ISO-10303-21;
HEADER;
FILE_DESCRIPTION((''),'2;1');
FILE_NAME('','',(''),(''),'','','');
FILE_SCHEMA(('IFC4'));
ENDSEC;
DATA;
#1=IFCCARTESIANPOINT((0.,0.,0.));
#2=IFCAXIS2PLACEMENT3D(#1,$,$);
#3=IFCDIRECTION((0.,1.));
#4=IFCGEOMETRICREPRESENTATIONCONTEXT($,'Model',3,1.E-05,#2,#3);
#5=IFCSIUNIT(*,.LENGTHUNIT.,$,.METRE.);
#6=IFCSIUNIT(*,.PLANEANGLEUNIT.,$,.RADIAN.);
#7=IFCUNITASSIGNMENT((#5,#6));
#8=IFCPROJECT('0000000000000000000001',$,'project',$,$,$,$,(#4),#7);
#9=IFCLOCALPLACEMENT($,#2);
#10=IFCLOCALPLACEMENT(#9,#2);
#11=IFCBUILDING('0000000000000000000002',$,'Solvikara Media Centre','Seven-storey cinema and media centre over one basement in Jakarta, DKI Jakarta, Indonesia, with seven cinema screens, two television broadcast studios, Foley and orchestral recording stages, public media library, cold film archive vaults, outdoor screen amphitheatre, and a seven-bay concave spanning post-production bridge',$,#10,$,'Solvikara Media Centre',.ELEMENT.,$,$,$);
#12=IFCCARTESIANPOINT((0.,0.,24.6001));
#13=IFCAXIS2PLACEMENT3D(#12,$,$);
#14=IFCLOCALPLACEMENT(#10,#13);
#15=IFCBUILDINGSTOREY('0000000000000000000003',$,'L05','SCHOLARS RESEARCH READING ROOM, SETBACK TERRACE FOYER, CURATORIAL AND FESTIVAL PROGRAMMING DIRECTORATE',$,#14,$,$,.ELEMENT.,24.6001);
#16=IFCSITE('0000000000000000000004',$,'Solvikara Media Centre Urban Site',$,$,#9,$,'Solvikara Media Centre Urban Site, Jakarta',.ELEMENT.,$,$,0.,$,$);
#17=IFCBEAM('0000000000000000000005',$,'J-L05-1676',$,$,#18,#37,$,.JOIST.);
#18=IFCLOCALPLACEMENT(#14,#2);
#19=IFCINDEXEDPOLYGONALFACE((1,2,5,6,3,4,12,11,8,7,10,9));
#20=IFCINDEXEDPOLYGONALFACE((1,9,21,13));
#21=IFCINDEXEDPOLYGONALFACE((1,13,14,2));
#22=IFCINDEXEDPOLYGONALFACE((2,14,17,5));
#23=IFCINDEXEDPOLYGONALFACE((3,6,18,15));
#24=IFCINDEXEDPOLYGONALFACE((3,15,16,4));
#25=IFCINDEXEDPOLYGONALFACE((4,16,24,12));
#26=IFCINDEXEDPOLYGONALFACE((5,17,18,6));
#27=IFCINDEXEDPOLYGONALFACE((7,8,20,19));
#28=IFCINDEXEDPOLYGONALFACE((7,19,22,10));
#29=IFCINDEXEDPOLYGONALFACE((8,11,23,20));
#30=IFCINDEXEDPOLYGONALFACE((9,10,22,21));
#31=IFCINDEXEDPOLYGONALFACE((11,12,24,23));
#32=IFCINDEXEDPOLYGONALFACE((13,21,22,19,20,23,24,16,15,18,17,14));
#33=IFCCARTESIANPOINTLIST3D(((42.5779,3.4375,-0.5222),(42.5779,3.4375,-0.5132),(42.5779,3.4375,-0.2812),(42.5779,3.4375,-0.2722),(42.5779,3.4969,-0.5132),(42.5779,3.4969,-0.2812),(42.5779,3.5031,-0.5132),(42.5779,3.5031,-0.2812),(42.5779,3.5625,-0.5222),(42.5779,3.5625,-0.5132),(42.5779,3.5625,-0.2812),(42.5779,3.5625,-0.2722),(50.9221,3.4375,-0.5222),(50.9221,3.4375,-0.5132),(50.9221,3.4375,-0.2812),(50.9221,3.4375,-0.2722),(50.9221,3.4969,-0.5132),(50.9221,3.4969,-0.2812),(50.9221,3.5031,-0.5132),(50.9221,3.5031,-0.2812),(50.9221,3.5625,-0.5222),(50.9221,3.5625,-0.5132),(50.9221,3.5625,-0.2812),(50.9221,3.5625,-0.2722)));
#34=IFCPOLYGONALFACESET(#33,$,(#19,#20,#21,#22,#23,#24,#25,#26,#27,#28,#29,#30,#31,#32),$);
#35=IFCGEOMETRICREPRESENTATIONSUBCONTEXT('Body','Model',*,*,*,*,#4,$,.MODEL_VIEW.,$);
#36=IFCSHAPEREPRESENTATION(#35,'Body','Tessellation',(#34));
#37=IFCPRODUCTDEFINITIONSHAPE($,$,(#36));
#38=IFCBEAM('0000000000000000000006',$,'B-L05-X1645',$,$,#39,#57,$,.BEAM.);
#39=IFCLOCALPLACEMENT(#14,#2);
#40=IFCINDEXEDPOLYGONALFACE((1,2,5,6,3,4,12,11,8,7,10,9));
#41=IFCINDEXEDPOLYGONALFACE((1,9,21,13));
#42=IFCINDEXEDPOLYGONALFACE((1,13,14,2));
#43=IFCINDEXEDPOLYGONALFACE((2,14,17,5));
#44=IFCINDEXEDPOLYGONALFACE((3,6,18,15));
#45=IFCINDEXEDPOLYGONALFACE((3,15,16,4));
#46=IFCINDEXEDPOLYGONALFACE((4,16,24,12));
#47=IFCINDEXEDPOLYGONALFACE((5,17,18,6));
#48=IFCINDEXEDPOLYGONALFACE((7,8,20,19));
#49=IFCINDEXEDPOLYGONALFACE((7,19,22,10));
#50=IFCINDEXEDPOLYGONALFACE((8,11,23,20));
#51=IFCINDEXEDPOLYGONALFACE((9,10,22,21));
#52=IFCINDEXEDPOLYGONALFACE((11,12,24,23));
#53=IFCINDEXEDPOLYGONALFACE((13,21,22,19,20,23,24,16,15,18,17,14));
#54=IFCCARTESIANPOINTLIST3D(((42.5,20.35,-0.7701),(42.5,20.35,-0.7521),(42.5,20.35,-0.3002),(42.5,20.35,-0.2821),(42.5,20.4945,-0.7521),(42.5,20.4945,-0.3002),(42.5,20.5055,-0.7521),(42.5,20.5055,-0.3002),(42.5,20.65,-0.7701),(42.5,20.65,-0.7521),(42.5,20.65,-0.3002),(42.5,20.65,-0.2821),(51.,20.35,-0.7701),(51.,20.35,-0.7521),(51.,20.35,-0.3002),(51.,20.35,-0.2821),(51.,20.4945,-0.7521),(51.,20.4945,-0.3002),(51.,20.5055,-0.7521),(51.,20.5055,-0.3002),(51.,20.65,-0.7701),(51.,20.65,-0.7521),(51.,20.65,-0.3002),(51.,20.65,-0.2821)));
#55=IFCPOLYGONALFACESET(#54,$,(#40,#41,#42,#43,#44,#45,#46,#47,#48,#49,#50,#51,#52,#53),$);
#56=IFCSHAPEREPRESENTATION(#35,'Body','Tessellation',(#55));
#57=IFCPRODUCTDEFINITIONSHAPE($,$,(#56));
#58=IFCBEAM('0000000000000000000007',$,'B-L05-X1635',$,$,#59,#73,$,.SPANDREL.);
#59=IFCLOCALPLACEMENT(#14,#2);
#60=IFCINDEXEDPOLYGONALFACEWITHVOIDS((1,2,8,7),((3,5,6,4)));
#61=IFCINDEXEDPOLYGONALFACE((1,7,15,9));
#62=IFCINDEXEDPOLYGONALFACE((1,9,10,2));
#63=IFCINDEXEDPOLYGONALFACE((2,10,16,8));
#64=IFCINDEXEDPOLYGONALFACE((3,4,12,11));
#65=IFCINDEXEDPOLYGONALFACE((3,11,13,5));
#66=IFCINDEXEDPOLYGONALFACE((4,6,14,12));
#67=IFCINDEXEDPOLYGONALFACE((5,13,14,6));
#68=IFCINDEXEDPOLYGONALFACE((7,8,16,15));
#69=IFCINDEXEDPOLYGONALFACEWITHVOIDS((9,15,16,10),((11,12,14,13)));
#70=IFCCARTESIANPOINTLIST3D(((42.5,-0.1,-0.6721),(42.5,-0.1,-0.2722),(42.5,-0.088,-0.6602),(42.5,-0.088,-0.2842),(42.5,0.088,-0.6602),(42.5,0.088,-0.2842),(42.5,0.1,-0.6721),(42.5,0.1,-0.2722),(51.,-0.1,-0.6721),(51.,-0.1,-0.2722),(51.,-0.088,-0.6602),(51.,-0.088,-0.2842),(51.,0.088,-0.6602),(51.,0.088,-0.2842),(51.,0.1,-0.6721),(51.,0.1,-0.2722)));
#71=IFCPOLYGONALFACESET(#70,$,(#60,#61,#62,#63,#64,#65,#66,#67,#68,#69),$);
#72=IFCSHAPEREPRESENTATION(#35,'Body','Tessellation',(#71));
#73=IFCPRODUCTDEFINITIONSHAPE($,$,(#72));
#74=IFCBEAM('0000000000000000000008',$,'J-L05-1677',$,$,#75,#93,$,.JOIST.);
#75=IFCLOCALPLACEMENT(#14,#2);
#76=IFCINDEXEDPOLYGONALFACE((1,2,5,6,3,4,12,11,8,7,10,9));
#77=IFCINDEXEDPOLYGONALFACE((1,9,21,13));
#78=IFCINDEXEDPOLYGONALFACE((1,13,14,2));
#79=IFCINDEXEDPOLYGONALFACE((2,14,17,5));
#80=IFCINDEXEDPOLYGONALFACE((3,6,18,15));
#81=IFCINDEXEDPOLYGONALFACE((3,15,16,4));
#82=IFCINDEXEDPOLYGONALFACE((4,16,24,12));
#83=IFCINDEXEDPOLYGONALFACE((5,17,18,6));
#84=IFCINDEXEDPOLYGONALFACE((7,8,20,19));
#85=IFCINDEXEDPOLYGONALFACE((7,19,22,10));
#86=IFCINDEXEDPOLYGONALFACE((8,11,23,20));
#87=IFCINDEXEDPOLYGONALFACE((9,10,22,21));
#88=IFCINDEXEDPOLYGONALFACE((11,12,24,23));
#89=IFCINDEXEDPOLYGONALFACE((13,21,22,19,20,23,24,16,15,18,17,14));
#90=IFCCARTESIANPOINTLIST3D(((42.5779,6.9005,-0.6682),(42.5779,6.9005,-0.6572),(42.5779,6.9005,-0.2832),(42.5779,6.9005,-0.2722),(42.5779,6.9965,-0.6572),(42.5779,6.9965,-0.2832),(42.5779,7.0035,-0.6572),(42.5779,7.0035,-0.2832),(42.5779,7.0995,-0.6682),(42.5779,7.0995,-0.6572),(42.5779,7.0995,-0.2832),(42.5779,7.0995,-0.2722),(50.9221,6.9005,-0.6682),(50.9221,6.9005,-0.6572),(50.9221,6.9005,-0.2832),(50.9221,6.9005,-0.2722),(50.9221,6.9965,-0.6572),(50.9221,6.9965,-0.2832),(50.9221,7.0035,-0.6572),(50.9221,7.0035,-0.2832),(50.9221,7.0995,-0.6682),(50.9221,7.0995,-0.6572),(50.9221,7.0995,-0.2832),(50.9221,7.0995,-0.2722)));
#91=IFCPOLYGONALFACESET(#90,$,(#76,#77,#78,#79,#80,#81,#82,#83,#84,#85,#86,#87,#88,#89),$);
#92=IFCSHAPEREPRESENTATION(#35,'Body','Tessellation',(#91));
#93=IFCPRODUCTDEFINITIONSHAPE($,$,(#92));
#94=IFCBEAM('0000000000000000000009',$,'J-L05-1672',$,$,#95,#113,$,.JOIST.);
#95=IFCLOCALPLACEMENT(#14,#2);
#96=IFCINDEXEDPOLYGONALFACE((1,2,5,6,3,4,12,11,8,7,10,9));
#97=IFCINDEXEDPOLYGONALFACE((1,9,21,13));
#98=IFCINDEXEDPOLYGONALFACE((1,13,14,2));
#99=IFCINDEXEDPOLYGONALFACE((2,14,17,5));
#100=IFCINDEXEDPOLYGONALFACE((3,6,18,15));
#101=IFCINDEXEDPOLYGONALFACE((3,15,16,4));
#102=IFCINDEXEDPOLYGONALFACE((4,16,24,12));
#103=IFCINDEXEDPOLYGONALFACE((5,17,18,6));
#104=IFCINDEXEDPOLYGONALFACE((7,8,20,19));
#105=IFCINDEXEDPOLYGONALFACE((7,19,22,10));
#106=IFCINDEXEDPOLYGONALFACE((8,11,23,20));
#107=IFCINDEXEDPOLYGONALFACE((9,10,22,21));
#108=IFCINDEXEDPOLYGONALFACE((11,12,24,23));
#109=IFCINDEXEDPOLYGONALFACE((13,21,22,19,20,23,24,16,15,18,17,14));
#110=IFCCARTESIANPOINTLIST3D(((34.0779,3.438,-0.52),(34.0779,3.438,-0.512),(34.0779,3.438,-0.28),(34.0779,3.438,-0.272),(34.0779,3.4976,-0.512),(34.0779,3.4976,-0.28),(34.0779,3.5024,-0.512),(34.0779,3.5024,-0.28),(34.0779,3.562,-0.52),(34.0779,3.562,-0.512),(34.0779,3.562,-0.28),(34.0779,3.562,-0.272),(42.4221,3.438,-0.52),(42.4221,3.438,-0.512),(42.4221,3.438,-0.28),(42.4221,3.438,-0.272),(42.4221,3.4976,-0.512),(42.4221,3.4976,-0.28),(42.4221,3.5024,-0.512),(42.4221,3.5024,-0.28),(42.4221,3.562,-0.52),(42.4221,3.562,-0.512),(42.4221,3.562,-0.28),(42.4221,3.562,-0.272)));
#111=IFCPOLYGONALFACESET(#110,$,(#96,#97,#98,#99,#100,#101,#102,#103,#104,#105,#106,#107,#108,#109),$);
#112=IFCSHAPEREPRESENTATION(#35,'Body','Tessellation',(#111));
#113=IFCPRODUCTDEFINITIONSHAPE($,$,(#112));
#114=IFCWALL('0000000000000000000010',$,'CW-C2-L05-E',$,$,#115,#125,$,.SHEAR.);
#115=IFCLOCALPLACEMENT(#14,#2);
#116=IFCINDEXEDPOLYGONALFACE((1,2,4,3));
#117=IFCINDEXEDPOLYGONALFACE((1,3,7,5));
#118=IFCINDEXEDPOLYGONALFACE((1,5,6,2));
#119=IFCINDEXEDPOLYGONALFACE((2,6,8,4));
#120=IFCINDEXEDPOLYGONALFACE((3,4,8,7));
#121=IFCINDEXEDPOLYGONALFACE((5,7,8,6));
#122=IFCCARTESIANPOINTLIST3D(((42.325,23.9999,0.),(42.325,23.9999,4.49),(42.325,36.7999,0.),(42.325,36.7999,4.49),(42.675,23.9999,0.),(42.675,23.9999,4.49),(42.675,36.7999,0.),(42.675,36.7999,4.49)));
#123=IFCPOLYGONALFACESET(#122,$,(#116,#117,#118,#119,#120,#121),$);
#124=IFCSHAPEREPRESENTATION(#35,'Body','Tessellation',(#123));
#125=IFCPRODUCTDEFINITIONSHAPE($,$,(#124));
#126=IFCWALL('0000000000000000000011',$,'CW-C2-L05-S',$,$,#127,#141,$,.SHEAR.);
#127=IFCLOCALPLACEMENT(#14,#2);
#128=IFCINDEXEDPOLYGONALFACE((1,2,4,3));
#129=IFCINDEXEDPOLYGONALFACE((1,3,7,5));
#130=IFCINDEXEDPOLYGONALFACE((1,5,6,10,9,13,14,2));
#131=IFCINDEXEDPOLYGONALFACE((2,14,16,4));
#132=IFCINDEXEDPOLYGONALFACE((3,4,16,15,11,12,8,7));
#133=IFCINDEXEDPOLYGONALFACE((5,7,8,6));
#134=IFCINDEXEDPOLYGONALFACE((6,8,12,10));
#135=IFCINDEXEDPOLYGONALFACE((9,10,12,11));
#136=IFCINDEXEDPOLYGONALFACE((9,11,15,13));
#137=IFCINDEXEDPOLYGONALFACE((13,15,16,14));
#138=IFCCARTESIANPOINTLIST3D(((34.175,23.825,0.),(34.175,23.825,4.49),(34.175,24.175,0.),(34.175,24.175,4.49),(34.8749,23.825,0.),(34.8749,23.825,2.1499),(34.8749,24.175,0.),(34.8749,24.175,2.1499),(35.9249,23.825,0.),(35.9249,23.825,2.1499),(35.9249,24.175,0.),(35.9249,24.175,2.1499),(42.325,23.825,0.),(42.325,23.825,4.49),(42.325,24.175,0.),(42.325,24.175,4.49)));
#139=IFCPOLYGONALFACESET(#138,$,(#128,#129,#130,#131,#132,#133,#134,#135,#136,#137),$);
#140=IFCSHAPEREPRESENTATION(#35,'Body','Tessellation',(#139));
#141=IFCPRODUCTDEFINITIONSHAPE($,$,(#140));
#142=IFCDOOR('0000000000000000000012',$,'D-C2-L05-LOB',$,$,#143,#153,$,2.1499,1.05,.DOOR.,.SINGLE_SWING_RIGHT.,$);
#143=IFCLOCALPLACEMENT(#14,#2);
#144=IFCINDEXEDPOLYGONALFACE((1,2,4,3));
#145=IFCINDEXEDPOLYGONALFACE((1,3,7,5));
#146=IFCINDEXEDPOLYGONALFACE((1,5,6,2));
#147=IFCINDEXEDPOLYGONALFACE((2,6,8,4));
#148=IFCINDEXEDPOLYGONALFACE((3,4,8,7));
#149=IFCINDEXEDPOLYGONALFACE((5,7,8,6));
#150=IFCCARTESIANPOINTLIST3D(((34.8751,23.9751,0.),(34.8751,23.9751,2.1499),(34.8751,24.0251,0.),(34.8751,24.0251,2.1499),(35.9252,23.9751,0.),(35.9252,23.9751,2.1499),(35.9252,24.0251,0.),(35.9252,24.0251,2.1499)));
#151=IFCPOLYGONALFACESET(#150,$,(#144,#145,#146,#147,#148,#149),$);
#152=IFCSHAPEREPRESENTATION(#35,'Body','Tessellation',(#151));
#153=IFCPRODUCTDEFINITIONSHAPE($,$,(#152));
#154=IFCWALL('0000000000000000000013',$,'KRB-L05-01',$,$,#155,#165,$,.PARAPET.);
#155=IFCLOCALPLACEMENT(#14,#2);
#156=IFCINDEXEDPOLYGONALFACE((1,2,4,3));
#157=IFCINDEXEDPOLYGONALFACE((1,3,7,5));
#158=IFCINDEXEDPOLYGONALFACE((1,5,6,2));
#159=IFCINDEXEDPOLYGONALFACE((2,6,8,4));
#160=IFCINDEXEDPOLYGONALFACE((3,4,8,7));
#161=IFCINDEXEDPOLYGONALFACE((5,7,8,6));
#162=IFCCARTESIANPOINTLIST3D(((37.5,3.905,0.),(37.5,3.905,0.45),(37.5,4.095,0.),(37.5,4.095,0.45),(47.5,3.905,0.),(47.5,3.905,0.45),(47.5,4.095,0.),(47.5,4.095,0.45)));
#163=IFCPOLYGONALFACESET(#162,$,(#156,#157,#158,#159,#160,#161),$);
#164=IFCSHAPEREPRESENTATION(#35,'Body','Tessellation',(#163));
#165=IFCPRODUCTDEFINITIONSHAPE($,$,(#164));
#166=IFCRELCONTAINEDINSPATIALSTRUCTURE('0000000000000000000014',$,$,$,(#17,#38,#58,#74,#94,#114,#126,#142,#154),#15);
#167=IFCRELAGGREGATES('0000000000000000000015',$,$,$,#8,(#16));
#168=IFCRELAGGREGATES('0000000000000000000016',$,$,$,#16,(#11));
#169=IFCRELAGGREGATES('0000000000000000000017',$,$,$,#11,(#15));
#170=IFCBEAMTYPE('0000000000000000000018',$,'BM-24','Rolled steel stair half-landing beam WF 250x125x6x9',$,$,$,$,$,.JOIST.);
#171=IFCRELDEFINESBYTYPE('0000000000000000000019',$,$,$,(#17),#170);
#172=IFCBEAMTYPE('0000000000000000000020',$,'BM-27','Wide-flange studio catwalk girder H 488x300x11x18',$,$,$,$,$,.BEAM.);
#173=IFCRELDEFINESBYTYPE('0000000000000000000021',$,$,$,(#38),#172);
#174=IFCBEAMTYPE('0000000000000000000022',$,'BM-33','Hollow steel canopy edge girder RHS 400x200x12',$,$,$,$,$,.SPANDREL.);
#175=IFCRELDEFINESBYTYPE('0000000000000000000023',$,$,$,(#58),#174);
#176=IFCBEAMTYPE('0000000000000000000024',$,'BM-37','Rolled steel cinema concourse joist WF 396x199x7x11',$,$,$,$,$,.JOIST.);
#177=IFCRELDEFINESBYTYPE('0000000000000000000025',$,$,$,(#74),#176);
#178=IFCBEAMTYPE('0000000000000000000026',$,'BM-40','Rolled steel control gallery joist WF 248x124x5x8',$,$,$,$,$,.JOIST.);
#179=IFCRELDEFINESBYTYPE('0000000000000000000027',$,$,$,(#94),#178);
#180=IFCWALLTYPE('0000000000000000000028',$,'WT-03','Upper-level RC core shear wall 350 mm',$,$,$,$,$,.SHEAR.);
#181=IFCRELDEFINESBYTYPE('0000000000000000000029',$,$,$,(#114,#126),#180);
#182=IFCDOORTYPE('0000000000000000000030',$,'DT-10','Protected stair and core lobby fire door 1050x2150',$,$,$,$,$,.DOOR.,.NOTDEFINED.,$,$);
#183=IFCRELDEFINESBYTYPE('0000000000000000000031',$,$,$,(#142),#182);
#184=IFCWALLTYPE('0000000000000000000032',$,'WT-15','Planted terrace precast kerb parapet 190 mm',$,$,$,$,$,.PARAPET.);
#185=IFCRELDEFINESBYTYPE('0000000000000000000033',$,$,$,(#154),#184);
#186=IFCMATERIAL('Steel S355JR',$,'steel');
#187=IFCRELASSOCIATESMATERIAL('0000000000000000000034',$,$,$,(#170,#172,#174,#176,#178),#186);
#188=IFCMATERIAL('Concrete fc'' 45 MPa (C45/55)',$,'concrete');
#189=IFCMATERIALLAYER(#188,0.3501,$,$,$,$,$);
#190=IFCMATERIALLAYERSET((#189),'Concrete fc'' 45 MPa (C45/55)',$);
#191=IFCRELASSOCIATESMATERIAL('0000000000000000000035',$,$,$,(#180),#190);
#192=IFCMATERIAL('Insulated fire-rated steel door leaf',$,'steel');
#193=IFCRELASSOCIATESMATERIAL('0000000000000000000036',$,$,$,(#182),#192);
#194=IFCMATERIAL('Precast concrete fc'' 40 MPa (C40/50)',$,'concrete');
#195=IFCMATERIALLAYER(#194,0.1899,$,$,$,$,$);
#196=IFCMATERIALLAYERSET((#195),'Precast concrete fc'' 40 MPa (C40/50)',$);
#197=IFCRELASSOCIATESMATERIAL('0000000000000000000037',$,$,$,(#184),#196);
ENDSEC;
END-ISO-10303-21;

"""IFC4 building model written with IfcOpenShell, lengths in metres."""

from ifc_helpers import new_model, si_unit, direction, frame, frame_2d, origin, origin_2d, place, context, subcontext, project, spatial, rectangle, hollow_rectangle, i_section, extrude, material, layer, layer_set, material_profile, profile_set, type_object, element, fill, save


model = new_model("IFC4")

# Units and contexts
model_context = context("Model", 3, precision=1e-05, world=origin(), true_north=direction((0.0, 1.0)))
body_context = subcontext(model_context, "Body", "Model", "MODEL_VIEW")
ifc_project = project(units=[si_unit("LENGTHUNIT", "METRE"), si_unit("PLANEANGLEUNIT", "RADIAN")], contexts=[model_context])

# Site, building, storey
site_placement = place(None, origin())
site = spatial("IfcSite", under=ifc_project, at=site_placement, Name="Solvikara Media Centre Urban Site", LongName="Solvikara Media Centre Urban Site, Jakarta", CompositionType="ELEMENT", RefElevation=0.0)
building_placement = place(site_placement, origin())
building = spatial("IfcBuilding", under=site, at=building_placement, Name="Solvikara Media Centre", Description="Seven-storey cinema and media centre over one basement in Jakarta, DKI Jakarta, Indonesia, with seven cinema screens, two television broadcast studios, Foley and orchestral recording stages, public media library, cold film archive vaults, outdoor screen amphitheatre, and a seven-bay concave spanning post-production bridge", LongName="Solvikara Media Centre", CompositionType="ELEMENT")
storey_placement = place(building_placement, frame((0.0, 0.0, 24.6001)))
storey = spatial("IfcBuildingStorey", under=building, at=storey_placement, Name="L05", Description="SCHOLARS RESEARCH READING ROOM, SETBACK TERRACE FOYER, CURATORIAL AND FESTIVAL PROGRAMMING DIRECTORATE", CompositionType="ELEMENT", Elevation=24.6001)

# Shared definitions
ifc_material_1 = material(Name="Concrete fc' 45 MPa (C45/55)", Category="concrete")

# Beams
ifc_material_2 = material(Name="Steel S355JR", Category="steel")
ifc_material_profile_1 = material_profile(ifc_material_2, i_section(OverallWidth=0.125, OverallDepth=0.25, WebThickness=0.0061, FlangeThickness=0.009, at=origin_2d()), Name="WF 250x125x6x9")
ifc_profile_set_1 = profile_set([ifc_material_profile_1], Name="Steel S355JR")
beam_type_1 = type_object("IfcBeamType", Name="BM-24", Description="Rolled steel stair half-landing beam WF 250x125x6x9", PredefinedType="JOIST", material=ifc_profile_set_1)
beam_1_placement = place(storey_placement, frame((42.5779, 3.5, -0.3972), z_axis=(1.0, 0.0, 0.0), x_axis=(0.0, 1.0, 0.0)))
element("IfcBeam", 1, at=beam_1_placement, inside=storey, type_object=beam_type_1, Name="J-L05-1676", PredefinedType="JOIST", context=body_context, shape_type="SweptSolid", body=[
    extrude(i_section(OverallWidth=0.125, OverallDepth=0.25, WebThickness=0.0061, FlangeThickness=0.009, at=origin_2d()), origin(), (0.0, 0.0, 1.0), 8.3442),
])
ifc_material_profile_2 = material_profile(ifc_material_2, i_section(OverallWidth=0.3, OverallDepth=0.488, WebThickness=0.011, FlangeThickness=0.0181, at=origin_2d()), Name="H 488x300x11x18")
ifc_profile_set_2 = profile_set([ifc_material_profile_2], Name="Steel S355JR")
beam_type_2 = type_object("IfcBeamType", Name="BM-27", Description="Wide-flange studio catwalk girder H 488x300x11x18", PredefinedType="BEAM", material=ifc_profile_set_2)
beam_2_placement = place(storey_placement, frame((42.5, 20.5, -0.5261), z_axis=(1.0, 0.0, 0.0), x_axis=(0.0, 1.0, 0.0)))
element("IfcBeam", 2, at=beam_2_placement, inside=storey, type_object=beam_type_2, Name="B-L05-X1645", PredefinedType="BEAM", context=body_context, shape_type="SweptSolid", body=[
    extrude(i_section(OverallWidth=0.3, OverallDepth=0.488, WebThickness=0.011, FlangeThickness=0.0181, at=origin_2d()), origin(), (0.0, 0.0, 1.0), 8.5),
])
ifc_material_profile_3 = material_profile(ifc_material_2, hollow_rectangle(XDim=0.2, YDim=0.3999, WallThickness=0.012, at=origin_2d()), Name="RHS 400x200x12")
ifc_profile_set_3 = profile_set([ifc_material_profile_3], Name="Steel S355JR")
beam_type_3 = type_object("IfcBeamType", Name="BM-33", Description="Hollow steel canopy edge girder RHS 400x200x12", PredefinedType="SPANDREL", material=ifc_profile_set_3)
beam_3_placement = place(storey_placement, frame((42.5, 0.0, -0.4722), z_axis=(1.0, 0.0, 0.0), x_axis=(0.0, 1.0, 0.0)))
element("IfcBeam", 3, at=beam_3_placement, inside=storey, type_object=beam_type_3, Name="B-L05-X1635", PredefinedType="SPANDREL", context=body_context, shape_type="SweptSolid", body=[
    extrude(hollow_rectangle(XDim=0.2, YDim=0.3999, WallThickness=0.012, at=origin_2d()), origin(), (0.0, 0.0, 1.0), 8.5),
])
ifc_material_profile_4 = material_profile(ifc_material_2, i_section(OverallWidth=0.199, OverallDepth=0.396, WebThickness=0.0071, FlangeThickness=0.011, at=origin_2d()), Name="WF 396x199x7x11")
ifc_profile_set_4 = profile_set([ifc_material_profile_4], Name="Steel S355JR")
beam_type_4 = type_object("IfcBeamType", Name="BM-37", Description="Rolled steel cinema concourse joist WF 396x199x7x11", PredefinedType="JOIST", material=ifc_profile_set_4)
beam_4_placement = place(storey_placement, frame((42.5779, 7.0, -0.4702), z_axis=(1.0, 0.0, 0.0), x_axis=(0.0, 1.0, 0.0)))
element("IfcBeam", 4, at=beam_4_placement, inside=storey, type_object=beam_type_4, Name="J-L05-1677", PredefinedType="JOIST", context=body_context, shape_type="SweptSolid", body=[
    extrude(i_section(OverallWidth=0.199, OverallDepth=0.396, WebThickness=0.0071, FlangeThickness=0.011, at=origin_2d()), origin(), (0.0, 0.0, 1.0), 8.3442),
])
ifc_material_profile_5 = material_profile(ifc_material_2, i_section(OverallWidth=0.124, OverallDepth=0.248, WebThickness=0.0049, FlangeThickness=0.0081, at=origin_2d()), Name="WF 248x124x5x8")
ifc_profile_set_5 = profile_set([ifc_material_profile_5], Name="Steel S355JR")
beam_type_5 = type_object("IfcBeamType", Name="BM-40", Description="Rolled steel control gallery joist WF 248x124x5x8", PredefinedType="JOIST", material=ifc_profile_set_5)
beam_5_placement = place(storey_placement, frame((34.0779, 3.5, -0.396), z_axis=(1.0, 0.0, 0.0), x_axis=(0.0, 1.0, 0.0)))
element("IfcBeam", 5, at=beam_5_placement, inside=storey, type_object=beam_type_5, Name="J-L05-1672", PredefinedType="JOIST", context=body_context, shape_type="SweptSolid", body=[
    extrude(i_section(OverallWidth=0.124, OverallDepth=0.248, WebThickness=0.0049, FlangeThickness=0.0081, at=origin_2d()), origin(), (0.0, 0.0, 1.0), 8.3442),
])

# Wall
ifc_layer_1 = layer(ifc_material_1, 0.3501)
ifc_layer_set_1 = layer_set([ifc_layer_1], Name="Concrete fc' 45 MPa (C45/55)")
wall_type_1 = type_object("IfcWallType", Name="WT-03", Description="Upper-level RC core shear wall 350 mm", PredefinedType="SHEAR", material=ifc_layer_set_1)
wall_1_placement = place(storey_placement, frame((42.5, 24.0, 0.0), z_axis=(0.0, 0.0, 1.0), x_axis=(0.0, 1.0, 0.0)))
element("IfcWall", 6, at=wall_1_placement, inside=storey, type_object=wall_type_1, Name="CW-C2-L05-E", PredefinedType="SHEAR", context=body_context, shape_type="SweptSolid", body=[
    extrude(rectangle(XDim=12.8, YDim=0.3501, at=frame_2d((6.3999, 0.0))), origin(), (0.0, 0.0, 1.0), 4.49),
])

# Wall, opening, door
wall_2_placement = place(storey_placement, frame((34.175, 24.0, 0.0), z_axis=(0.0, 0.0, 1.0), x_axis=(1.0, 0.0, 0.0)))
wall_2 = element("IfcWall", 7, at=wall_2_placement, inside=storey, type_object=wall_type_1, Name="CW-C2-L05-S", PredefinedType="SHEAR", context=body_context, shape_type="SweptSolid", body=[
    extrude(rectangle(XDim=8.1499, YDim=0.3501, at=frame_2d((4.075, 0.0))), origin(), (0.0, 0.0, 1.0), 4.49),
])
opening_placement = place(wall_2_placement, frame((0.7, 0.0, 0.0)))
opening = element("IfcOpeningElement", 8, at=opening_placement, cuts=wall_2, PredefinedType="OPENING", context=body_context, shape_type="SweptSolid", body=[
    extrude(rectangle(XDim=1.05, YDim=2.1499, at=frame_2d((0.5249, 1.075))), frame((0.0, 0.187, 0.0), z_axis=(0.0, -1.0, 0.0), x_axis=(1.0, 0.0, 0.0)), (0.0, 0.0, 1.0), 0.374),
])
ifc_material_3 = material(Name="Insulated fire-rated steel door leaf", Category="steel")
door_type = type_object("IfcDoorType", Name="DT-10", Description="Protected stair and core lobby fire door 1050x2150", OperationType="NOTDEFINED", PredefinedType="DOOR", material=ifc_material_3)
door_placement = place(opening_placement, frame((1.05, 0.0, 0.0), z_axis=(0.0, 0.0, 1.0), x_axis=(-1.0, 0.0, 0.0)))
door = element("IfcDoor", 9, at=door_placement, inside=storey, type_object=door_type, Name="D-C2-L05-LOB", OperationType="SINGLE_SWING_RIGHT", OverallHeight=2.1499, OverallWidth=1.05, PredefinedType="DOOR", context=body_context, shape_type="SweptSolid", body=[
    extrude(rectangle(XDim=1.05, YDim=2.1499, at=frame_2d((0.5249, 1.075))), frame((0.0, 0.0249, 0.0), z_axis=(0.0, -1.0, 0.0), x_axis=(1.0, 0.0, 0.0)), (0.0, 0.0, 1.0), 0.05),
])
fill(opening, door)

# Wall
ifc_material_4 = material(Name="Precast concrete fc' 40 MPa (C40/50)", Category="concrete")
ifc_layer_2 = layer(ifc_material_4, 0.1899)
ifc_layer_set_2 = layer_set([ifc_layer_2], Name="Precast concrete fc' 40 MPa (C40/50)")
wall_type_2 = type_object("IfcWallType", Name="WT-15", Description="Planted terrace precast kerb parapet 190 mm", PredefinedType="PARAPET", material=ifc_layer_set_2)
wall_3_placement = place(storey_placement, frame((37.5, 4.0, 0.0), z_axis=(0.0, 0.0, 1.0), x_axis=(1.0, 0.0, 0.0)))
element("IfcWall", 10, at=wall_3_placement, inside=storey, type_object=wall_type_2, Name="KRB-L05-01", PredefinedType="PARAPET", context=body_context, shape_type="SweptSolid", body=[
    extrude(rectangle(XDim=10.0, YDim=0.1899, at=frame_2d((5.0, 0.0))), origin(), (0.0, 0.0, 1.0), 0.45),
])

save(model, "model.ifc")
